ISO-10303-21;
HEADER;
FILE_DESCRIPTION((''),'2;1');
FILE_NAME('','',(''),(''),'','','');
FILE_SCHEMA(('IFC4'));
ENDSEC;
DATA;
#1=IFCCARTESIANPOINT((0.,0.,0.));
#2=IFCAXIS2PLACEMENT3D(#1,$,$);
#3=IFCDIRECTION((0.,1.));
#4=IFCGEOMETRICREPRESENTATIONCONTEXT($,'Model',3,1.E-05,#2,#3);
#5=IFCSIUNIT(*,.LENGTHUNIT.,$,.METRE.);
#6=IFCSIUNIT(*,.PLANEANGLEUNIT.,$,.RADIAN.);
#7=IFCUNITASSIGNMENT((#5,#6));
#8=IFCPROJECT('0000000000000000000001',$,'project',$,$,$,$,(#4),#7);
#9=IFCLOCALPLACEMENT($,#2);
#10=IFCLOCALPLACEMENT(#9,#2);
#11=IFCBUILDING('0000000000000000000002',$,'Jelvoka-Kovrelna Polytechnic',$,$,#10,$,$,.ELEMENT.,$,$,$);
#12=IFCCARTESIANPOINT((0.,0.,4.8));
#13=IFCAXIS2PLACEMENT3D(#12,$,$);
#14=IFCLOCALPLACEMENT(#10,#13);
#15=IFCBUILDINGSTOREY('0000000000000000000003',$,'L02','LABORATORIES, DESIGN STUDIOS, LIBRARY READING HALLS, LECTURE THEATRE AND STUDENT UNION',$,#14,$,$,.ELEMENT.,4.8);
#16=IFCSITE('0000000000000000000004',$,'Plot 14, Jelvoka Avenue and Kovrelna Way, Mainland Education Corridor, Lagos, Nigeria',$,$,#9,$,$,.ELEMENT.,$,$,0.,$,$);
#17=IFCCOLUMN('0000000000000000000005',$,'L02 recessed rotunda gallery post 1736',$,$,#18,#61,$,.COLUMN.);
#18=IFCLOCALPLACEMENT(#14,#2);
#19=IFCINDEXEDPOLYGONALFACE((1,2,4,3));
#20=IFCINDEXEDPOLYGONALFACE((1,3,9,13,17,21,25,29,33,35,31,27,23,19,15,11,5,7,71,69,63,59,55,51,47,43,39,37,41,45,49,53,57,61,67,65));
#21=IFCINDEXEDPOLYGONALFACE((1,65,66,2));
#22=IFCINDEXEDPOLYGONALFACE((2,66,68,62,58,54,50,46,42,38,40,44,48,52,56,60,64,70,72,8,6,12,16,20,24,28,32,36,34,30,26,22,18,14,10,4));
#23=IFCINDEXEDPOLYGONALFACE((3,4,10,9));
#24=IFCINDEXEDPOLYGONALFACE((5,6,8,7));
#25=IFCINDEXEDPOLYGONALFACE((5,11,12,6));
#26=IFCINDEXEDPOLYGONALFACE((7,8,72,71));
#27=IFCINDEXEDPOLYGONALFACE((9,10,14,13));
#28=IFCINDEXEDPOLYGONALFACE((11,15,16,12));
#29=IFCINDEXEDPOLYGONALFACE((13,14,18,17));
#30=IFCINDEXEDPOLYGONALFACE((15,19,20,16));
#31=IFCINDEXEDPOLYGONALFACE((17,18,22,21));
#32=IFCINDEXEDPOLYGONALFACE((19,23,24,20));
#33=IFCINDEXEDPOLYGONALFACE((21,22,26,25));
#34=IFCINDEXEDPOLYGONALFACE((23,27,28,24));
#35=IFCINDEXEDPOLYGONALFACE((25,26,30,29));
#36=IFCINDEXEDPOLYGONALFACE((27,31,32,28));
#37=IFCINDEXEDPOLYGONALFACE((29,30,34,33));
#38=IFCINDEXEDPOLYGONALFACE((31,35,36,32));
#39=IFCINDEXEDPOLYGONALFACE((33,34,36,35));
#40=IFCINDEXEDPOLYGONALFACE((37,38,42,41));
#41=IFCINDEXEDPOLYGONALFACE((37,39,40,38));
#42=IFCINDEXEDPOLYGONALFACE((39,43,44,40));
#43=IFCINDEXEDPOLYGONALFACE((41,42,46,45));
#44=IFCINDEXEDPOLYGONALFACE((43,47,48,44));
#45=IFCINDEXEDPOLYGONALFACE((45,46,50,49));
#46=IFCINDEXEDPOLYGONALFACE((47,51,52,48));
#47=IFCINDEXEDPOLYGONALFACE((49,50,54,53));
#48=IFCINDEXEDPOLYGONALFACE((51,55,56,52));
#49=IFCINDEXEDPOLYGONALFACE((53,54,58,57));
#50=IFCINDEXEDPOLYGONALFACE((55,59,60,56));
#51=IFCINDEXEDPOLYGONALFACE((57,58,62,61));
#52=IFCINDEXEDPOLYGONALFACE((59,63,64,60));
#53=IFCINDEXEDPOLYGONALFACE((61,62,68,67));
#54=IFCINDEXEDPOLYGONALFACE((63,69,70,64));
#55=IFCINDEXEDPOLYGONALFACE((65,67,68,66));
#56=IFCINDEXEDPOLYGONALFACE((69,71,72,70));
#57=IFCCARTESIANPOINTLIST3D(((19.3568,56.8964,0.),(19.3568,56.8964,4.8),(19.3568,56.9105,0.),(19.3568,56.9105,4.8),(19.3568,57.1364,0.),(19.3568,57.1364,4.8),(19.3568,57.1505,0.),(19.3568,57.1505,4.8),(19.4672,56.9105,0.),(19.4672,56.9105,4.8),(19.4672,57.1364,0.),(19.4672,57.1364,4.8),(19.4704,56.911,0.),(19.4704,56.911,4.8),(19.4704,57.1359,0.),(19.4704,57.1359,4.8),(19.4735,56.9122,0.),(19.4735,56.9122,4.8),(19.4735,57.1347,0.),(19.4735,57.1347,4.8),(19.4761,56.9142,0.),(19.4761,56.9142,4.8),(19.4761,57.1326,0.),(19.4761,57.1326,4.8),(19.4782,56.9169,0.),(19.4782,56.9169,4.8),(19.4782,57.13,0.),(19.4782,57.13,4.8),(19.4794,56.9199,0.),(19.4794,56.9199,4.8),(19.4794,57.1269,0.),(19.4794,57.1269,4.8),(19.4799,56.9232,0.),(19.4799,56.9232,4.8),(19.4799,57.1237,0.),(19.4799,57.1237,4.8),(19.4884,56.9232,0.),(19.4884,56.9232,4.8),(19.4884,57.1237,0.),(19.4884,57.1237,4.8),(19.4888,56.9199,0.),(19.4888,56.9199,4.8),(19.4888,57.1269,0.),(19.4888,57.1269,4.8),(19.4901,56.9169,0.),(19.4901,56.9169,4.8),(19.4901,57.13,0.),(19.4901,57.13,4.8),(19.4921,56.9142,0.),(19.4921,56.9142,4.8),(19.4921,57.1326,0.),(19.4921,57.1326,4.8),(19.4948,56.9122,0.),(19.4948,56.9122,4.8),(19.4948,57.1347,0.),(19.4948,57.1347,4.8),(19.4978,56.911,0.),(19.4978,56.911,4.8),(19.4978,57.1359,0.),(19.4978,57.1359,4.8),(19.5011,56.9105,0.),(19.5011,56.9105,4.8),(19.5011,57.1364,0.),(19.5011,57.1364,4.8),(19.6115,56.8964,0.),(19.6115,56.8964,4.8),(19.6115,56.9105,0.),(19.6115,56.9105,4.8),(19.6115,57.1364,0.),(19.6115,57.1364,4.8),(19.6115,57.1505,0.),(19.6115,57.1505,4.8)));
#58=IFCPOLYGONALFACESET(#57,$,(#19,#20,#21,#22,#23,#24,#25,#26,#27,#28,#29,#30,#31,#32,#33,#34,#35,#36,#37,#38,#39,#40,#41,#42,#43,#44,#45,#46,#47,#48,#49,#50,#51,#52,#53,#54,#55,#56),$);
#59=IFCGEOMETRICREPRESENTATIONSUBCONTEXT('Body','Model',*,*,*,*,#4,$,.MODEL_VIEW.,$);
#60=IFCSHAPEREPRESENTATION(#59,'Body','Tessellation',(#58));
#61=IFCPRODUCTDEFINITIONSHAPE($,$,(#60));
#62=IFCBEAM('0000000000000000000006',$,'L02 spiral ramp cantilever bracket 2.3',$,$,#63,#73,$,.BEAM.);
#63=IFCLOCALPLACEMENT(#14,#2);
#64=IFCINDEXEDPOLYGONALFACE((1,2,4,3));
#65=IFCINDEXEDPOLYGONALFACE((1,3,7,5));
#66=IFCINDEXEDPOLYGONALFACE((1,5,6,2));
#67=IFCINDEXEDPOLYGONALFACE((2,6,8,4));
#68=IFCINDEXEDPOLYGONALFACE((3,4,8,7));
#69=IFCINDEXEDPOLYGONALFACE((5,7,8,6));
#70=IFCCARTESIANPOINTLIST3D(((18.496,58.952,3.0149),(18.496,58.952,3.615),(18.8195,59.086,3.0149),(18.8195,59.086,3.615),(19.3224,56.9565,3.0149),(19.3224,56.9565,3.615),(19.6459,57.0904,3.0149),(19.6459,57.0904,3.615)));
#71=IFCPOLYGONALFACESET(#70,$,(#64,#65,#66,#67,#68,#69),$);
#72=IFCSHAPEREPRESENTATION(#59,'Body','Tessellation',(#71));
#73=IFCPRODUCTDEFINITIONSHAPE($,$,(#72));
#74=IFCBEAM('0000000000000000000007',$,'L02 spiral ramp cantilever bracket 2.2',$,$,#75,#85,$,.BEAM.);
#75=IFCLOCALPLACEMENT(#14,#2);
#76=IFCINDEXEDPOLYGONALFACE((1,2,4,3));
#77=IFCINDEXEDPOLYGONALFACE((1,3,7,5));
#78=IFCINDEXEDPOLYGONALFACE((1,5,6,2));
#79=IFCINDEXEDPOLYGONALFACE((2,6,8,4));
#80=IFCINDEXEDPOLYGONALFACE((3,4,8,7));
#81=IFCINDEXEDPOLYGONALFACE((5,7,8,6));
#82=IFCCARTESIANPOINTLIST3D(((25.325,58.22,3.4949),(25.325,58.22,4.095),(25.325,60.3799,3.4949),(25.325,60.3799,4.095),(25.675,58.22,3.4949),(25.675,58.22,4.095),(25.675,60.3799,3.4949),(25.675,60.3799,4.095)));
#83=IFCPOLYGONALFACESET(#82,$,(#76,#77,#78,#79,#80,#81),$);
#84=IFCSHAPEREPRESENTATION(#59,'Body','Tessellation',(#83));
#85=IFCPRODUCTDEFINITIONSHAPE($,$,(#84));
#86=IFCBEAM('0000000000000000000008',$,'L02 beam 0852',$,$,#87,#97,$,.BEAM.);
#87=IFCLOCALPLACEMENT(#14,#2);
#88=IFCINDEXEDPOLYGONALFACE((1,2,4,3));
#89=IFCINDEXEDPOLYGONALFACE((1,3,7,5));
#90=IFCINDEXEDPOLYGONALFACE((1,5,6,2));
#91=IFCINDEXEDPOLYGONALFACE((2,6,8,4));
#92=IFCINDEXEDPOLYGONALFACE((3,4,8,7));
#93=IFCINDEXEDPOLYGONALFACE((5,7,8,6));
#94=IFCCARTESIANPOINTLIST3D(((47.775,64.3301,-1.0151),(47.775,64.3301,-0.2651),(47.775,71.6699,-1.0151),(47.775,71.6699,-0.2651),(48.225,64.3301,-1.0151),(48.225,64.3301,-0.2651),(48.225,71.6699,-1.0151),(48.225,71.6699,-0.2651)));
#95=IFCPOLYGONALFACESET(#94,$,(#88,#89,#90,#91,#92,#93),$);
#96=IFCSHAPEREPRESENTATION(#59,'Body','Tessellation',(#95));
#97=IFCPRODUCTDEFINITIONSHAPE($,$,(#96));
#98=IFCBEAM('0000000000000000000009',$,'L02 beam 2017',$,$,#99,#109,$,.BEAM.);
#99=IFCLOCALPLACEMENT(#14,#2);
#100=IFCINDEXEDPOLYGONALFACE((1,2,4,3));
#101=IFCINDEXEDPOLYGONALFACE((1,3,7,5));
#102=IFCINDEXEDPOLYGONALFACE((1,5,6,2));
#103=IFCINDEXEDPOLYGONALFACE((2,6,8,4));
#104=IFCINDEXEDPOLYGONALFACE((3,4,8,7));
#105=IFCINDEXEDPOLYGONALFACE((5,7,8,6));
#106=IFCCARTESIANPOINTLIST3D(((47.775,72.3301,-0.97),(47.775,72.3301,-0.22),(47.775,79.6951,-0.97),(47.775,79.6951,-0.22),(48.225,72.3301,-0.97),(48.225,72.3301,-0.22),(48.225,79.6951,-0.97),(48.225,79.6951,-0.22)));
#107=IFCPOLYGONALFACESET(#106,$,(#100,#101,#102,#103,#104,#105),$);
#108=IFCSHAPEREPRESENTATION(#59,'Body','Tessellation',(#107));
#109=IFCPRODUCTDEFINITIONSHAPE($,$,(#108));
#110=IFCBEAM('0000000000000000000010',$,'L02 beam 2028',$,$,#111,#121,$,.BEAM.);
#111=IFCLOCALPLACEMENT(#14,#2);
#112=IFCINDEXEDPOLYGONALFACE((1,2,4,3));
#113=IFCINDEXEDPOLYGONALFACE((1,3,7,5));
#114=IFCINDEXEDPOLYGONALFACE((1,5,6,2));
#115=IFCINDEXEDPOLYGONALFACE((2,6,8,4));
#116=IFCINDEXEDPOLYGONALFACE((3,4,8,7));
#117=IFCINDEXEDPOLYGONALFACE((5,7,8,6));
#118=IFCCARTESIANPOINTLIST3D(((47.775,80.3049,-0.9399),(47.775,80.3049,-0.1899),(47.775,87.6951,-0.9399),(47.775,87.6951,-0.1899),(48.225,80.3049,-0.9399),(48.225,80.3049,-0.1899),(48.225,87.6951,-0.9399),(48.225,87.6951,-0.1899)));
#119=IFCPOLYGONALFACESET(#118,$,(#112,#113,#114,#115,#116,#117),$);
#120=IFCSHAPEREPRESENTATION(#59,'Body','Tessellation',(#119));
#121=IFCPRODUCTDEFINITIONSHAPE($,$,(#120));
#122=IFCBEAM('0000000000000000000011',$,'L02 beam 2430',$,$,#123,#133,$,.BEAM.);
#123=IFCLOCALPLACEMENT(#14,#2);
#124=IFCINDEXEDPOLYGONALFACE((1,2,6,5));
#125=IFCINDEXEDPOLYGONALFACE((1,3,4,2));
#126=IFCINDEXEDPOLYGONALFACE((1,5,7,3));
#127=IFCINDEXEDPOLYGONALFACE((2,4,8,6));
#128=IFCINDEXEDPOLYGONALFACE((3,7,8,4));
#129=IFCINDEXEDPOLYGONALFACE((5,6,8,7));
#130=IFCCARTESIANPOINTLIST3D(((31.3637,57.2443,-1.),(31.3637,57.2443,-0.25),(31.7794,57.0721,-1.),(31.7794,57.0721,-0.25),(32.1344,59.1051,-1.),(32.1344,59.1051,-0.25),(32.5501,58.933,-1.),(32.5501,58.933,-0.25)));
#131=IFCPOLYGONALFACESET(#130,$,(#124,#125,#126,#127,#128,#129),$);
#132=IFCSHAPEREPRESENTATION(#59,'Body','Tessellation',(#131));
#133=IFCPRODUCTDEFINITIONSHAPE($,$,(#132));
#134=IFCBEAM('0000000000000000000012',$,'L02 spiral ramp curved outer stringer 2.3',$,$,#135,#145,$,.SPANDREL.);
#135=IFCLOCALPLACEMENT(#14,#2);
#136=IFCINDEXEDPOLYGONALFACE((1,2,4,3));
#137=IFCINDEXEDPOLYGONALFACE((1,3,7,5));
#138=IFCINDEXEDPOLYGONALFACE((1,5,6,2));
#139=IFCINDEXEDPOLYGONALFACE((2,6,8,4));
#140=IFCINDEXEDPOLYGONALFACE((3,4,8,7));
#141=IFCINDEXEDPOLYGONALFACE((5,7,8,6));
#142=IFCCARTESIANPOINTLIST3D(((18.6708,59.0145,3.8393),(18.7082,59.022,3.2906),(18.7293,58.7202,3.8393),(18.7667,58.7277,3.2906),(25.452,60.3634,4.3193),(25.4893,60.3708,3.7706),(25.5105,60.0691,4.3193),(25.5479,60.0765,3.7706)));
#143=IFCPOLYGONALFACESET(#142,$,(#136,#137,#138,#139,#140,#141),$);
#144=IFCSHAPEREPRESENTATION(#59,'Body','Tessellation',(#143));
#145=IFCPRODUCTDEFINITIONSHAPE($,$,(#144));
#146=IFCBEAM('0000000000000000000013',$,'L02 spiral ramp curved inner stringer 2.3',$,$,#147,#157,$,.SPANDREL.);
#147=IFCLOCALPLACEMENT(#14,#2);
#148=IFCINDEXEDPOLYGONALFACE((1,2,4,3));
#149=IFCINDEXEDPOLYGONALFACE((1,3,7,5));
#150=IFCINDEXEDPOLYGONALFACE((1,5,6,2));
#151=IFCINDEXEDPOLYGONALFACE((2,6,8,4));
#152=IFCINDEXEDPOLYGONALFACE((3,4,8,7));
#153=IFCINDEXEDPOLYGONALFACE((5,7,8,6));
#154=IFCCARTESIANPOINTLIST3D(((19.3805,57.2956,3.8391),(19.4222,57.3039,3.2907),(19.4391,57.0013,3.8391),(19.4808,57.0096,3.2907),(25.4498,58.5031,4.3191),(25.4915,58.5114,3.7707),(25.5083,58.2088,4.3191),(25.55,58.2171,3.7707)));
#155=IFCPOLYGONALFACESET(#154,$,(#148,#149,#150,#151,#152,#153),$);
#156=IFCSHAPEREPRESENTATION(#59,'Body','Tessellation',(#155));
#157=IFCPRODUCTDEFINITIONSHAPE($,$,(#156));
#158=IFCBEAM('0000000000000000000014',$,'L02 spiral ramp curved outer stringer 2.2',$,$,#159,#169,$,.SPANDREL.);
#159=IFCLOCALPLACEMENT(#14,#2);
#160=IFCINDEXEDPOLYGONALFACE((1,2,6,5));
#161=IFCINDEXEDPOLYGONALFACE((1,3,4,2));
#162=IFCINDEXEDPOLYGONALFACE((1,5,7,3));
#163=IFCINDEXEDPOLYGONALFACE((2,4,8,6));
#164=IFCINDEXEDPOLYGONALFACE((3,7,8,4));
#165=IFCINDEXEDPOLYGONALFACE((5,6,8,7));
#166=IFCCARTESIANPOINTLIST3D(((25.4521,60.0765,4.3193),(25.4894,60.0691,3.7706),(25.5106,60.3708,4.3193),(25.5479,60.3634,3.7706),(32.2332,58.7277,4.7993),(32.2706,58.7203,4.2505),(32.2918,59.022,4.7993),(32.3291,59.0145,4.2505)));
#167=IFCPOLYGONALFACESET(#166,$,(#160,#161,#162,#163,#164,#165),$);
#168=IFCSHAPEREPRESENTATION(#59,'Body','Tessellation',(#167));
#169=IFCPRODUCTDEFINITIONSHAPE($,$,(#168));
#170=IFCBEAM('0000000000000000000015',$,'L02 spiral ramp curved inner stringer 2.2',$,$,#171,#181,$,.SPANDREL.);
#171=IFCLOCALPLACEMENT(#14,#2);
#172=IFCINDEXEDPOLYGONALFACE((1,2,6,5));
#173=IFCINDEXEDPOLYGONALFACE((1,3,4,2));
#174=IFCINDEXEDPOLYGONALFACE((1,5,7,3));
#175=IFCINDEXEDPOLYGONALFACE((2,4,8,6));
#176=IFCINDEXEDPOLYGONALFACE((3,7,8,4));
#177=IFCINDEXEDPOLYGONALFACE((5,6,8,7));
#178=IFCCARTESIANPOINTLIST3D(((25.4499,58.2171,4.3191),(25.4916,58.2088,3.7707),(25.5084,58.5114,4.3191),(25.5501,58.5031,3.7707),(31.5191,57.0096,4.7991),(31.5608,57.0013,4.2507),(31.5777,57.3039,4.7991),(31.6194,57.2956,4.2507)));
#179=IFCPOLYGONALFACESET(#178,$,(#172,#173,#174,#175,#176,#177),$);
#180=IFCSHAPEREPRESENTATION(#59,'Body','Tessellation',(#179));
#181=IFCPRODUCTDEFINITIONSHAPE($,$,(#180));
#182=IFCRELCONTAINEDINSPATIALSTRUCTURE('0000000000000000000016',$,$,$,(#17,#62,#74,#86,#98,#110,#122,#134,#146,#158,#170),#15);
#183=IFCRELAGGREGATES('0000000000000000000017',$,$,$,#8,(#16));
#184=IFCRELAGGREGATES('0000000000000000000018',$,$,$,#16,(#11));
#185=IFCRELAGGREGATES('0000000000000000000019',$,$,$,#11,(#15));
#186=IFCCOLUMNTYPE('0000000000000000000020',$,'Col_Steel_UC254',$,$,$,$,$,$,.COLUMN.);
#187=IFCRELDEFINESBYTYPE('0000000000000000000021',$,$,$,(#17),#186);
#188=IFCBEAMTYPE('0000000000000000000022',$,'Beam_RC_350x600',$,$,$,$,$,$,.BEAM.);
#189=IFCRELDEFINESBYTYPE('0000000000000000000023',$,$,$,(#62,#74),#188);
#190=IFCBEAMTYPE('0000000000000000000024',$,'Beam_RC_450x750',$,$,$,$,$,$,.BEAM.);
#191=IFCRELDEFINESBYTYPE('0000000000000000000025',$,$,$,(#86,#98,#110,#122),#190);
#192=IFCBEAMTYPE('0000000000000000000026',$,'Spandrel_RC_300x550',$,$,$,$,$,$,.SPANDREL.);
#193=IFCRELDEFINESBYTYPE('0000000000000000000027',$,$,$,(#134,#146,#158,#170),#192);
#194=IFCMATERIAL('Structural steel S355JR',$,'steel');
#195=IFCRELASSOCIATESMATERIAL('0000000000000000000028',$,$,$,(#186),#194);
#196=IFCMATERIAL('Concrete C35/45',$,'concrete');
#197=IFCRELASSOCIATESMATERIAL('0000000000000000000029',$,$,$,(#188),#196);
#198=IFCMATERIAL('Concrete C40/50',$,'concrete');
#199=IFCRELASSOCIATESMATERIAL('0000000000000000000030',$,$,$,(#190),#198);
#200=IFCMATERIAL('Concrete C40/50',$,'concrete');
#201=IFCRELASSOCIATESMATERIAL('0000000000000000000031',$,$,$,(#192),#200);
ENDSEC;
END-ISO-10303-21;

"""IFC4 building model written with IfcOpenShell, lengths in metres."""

from ifc_helpers import new_model, si_unit, direction, frame, origin, origin_2d, place, context, subcontext, project, spatial, rectangle, i_section, extrude, material, material_profile, profile_set, type_object, element, save


model = new_model("IFC4")

# Units and contexts
model_context = context("Model", 3, precision=1e-05, world=origin(), true_north=direction((0.0, 1.0)))
body_context = subcontext(model_context, "Body", "Model", "MODEL_VIEW")
ifc_project = project(units=[si_unit("LENGTHUNIT", "METRE"), si_unit("PLANEANGLEUNIT", "RADIAN")], contexts=[model_context])

# Site, building, storey
site_placement = place(None, origin())
site = spatial("IfcSite", under=ifc_project, at=site_placement, Name="Plot 14, Jelvoka Avenue and Kovrelna Way, Mainland Education Corridor, Lagos, Nigeria", CompositionType="ELEMENT", RefElevation=0.0)
building_placement = place(site_placement, origin())
building = spatial("IfcBuilding", under=site, at=building_placement, Name="Jelvoka-Kovrelna Polytechnic", CompositionType="ELEMENT")
storey_placement = place(building_placement, frame((0.0, 0.0, 4.8)))
storey = spatial("IfcBuildingStorey", under=building, at=storey_placement, Name="L02", Description="LABORATORIES, DESIGN STUDIOS, LIBRARY READING HALLS, LECTURE THEATRE AND STUDENT UNION", CompositionType="ELEMENT", Elevation=4.8)

# Column
ifc_material_1 = material(Name="Structural steel S355JR", Category="steel")
ifc_material_profile_1 = material_profile(ifc_material_1, i_section(OverallWidth=0.2546, OverallDepth=0.2542, WebThickness=0.0085, FlangeThickness=0.0142, FilletRadius=0.0127, at=origin_2d()), Name="254x254x73 UC")
ifc_profile_set_1 = profile_set([ifc_material_profile_1], Name="Structural steel S355JR")
column_type_1 = type_object("IfcColumnType", Name="Col_Steel_UC254", PredefinedType="COLUMN", material=ifc_profile_set_1)
for number, where, z_axis, x_axis, name in (
    (1, (19.4841, 57.0234, 0.0), (0.0, 0.0, 1.0), (1.0, 0.0, 0.0), "L02 recessed rotunda gallery post 1736"),
):
    element("IfcColumn", number, at=place(storey_placement, frame(where, z_axis=z_axis, x_axis=x_axis)), inside=storey, type_object=column_type_1, Name=name, PredefinedType="COLUMN", context=body_context, shape_type="SweptSolid", body=[
        extrude(i_section(OverallWidth=0.2546, OverallDepth=0.2542, WebThickness=0.0085, FlangeThickness=0.0142, FilletRadius=0.0127, at=origin_2d()), origin(), (0.0, 0.0, 1.0), 4.8),
    ])

# Beams
ifc_material_2 = material(Name="Concrete C35/45", Category="concrete")
ifc_material_profile_2 = material_profile(ifc_material_2, rectangle(XDim=0.3501, YDim=0.6001, at=origin_2d()), Name="RC 350x600")
ifc_profile_set_2 = profile_set([ifc_material_profile_2], Name="Concrete C35/45")
beam_type_1 = type_object("IfcBeamType", Name="Beam_RC_350x600", PredefinedType="BEAM", material=ifc_profile_set_2)
for number, where, z_axis, x_axis, name in (
    (2, (19.4841, 57.0234, 3.3149), (-0.382608, 0.923911, 0.0), (-0.923911, -0.382608, 0.0), "L02 spiral ramp cantilever bracket 2.3"),
    (3, (25.5, 58.22, 3.7949), (0.0, 1.0, 0.0), (-1.0, 0.0, 0.0), "L02 spiral ramp cantilever bracket 2.2"),
):
    element("IfcBeam", number, at=place(storey_placement, frame(where, z_axis=z_axis, x_axis=x_axis)), inside=storey, type_object=beam_type_1, Name=name, PredefinedType="BEAM", context=body_context, shape_type="SweptSolid", body=[
        extrude(rectangle(XDim=0.3501, YDim=0.6001, at=origin_2d()), origin(), (0.0, 0.0, 1.0), 2.1599),
    ])
ifc_material_3 = material(Name="Concrete C40/50", Category="concrete")
ifc_material_profile_3 = material_profile(ifc_material_3, rectangle(XDim=0.45, YDim=0.75, at=origin_2d()), Name="RC 450x750")
ifc_profile_set_3 = profile_set([ifc_material_profile_3], Name="Concrete C40/50")
beam_type_2 = type_object("IfcBeamType", Name="Beam_RC_450x750", PredefinedType="BEAM", material=ifc_profile_set_3)
beam_1_placement = place(storey_placement, frame((48.0, 64.3301, -0.6401), z_axis=(0.0, 1.0, 0.0), x_axis=(-1.0, 0.0, 0.0)))
element("IfcBeam", 4, at=beam_1_placement, inside=storey, type_object=beam_type_2, Name="L02 beam 0852", PredefinedType="BEAM", context=body_context, shape_type="SweptSolid", body=[
    extrude(rectangle(XDim=0.45, YDim=0.75, at=origin_2d()), origin(), (0.0, 0.0, 1.0), 7.3398),
])
beam_2_placement = place(storey_placement, frame((48.0, 72.3301, -0.595), z_axis=(0.0, 1.0, 0.0), x_axis=(-1.0, 0.0, 0.0)))
element("IfcBeam", 5, at=beam_2_placement, inside=storey, type_object=beam_type_2, Name="L02 beam 2017", PredefinedType="BEAM", context=body_context, shape_type="SweptSolid", body=[
    extrude(rectangle(XDim=0.45, YDim=0.75, at=origin_2d()), origin(), (0.0, 0.0, 1.0), 7.365),
])
beam_3_placement = place(storey_placement, frame((48.0, 80.3049, -0.5649), z_axis=(0.0, 1.0, 0.0), x_axis=(-1.0, 0.0, 0.0)))
element("IfcBeam", 6, at=beam_3_placement, inside=storey, type_object=beam_type_2, Name="L02 beam 2028", PredefinedType="BEAM", context=body_context, shape_type="SweptSolid", body=[
    extrude(rectangle(XDim=0.45, YDim=0.75, at=origin_2d()), origin(), (0.0, 0.0, 1.0), 7.3901),
])
beam_4_placement = place(storey_placement, frame((31.5715, 57.1582, -0.625), z_axis=(0.382669, 0.923885, 0.0), x_axis=(-0.923885, 0.382669, 0.0)))
element("IfcBeam", 7, at=beam_4_placement, inside=storey, type_object=beam_type_2, Name="L02 beam 2430", PredefinedType="BEAM", context=body_context, shape_type="SweptSolid", body=[
    extrude(rectangle(XDim=0.45, YDim=0.75, at=origin_2d()), origin(), (0.0, 0.0, 1.0), 2.0142),
])
ifc_material_4 = material(Name="Concrete C40/50", Category="concrete")
ifc_material_profile_4 = material_profile(ifc_material_4, rectangle(XDim=0.3, YDim=0.55, at=origin_2d()), Name="RC 300x550")
ifc_profile_set_4 = profile_set([ifc_material_profile_4], Name="Concrete C40/50")
beam_type_3 = type_object("IfcBeamType", Name="Spandrel_RC_300x550", PredefinedType="SPANDREL", material=ifc_profile_set_4)
beam_5_placement = place(storey_placement, frame((18.7188, 58.8711, 3.5649), z_axis=(0.97843, 0.194622, 0.069254), x_axis=(-0.195091, 0.980785, 0.0)))
element("IfcBeam", 8, at=beam_5_placement, inside=storey, type_object=beam_type_3, Name="L02 spiral ramp curved outer stringer 2.3", PredefinedType="SPANDREL", context=body_context, shape_type="SweptSolid", body=[
    extrude(rectangle(XDim=0.3, YDim=0.55, at=origin_2d()), origin(), (0.0, 0.0, 1.0), 6.9307),
])
beam_6_placement = place(storey_placement, frame((19.4307, 57.1526, 3.5649), z_axis=(0.977841, 0.194545, 0.07733), x_axis=(-0.19513, 0.980777, 0.0)))
element("IfcBeam", 9, at=beam_6_placement, inside=storey, type_object=beam_type_3, Name="L02 spiral ramp curved inner stringer 2.3", PredefinedType="SPANDREL", context=body_context, shape_type="SweptSolid", body=[
    extrude(rectangle(XDim=0.3, YDim=0.55, at=origin_2d()), origin(), (0.0, 0.0, 1.0), 6.2068),
])
beam_7_placement = place(storey_placement, frame((25.5, 60.22, 4.0449), z_axis=(0.97843, -0.194622, 0.069254), x_axis=(0.195091, 0.980785, 0.0)))
element("IfcBeam", 10, at=beam_7_placement, inside=storey, type_object=beam_type_3, Name="L02 spiral ramp curved outer stringer 2.2", PredefinedType="SPANDREL", context=body_context, shape_type="SweptSolid", body=[
    extrude(rectangle(XDim=0.3, YDim=0.55, at=origin_2d()), origin(), (0.0, 0.0, 1.0), 6.9307),
])
beam_8_placement = place(storey_placement, frame((25.5, 58.3601, 4.0449), z_axis=(0.977841, -0.194545, 0.07733), x_axis=(0.19513, 0.980777, 0.0)))
element("IfcBeam", 11, at=beam_8_placement, inside=storey, type_object=beam_type_3, Name="L02 spiral ramp curved inner stringer 2.2", PredefinedType="SPANDREL", context=body_context, shape_type="SweptSolid", body=[
    extrude(rectangle(XDim=0.3, YDim=0.55, at=origin_2d()), origin(), (0.0, 0.0, 1.0), 6.2068),
])

save(model, "model.ifc")
